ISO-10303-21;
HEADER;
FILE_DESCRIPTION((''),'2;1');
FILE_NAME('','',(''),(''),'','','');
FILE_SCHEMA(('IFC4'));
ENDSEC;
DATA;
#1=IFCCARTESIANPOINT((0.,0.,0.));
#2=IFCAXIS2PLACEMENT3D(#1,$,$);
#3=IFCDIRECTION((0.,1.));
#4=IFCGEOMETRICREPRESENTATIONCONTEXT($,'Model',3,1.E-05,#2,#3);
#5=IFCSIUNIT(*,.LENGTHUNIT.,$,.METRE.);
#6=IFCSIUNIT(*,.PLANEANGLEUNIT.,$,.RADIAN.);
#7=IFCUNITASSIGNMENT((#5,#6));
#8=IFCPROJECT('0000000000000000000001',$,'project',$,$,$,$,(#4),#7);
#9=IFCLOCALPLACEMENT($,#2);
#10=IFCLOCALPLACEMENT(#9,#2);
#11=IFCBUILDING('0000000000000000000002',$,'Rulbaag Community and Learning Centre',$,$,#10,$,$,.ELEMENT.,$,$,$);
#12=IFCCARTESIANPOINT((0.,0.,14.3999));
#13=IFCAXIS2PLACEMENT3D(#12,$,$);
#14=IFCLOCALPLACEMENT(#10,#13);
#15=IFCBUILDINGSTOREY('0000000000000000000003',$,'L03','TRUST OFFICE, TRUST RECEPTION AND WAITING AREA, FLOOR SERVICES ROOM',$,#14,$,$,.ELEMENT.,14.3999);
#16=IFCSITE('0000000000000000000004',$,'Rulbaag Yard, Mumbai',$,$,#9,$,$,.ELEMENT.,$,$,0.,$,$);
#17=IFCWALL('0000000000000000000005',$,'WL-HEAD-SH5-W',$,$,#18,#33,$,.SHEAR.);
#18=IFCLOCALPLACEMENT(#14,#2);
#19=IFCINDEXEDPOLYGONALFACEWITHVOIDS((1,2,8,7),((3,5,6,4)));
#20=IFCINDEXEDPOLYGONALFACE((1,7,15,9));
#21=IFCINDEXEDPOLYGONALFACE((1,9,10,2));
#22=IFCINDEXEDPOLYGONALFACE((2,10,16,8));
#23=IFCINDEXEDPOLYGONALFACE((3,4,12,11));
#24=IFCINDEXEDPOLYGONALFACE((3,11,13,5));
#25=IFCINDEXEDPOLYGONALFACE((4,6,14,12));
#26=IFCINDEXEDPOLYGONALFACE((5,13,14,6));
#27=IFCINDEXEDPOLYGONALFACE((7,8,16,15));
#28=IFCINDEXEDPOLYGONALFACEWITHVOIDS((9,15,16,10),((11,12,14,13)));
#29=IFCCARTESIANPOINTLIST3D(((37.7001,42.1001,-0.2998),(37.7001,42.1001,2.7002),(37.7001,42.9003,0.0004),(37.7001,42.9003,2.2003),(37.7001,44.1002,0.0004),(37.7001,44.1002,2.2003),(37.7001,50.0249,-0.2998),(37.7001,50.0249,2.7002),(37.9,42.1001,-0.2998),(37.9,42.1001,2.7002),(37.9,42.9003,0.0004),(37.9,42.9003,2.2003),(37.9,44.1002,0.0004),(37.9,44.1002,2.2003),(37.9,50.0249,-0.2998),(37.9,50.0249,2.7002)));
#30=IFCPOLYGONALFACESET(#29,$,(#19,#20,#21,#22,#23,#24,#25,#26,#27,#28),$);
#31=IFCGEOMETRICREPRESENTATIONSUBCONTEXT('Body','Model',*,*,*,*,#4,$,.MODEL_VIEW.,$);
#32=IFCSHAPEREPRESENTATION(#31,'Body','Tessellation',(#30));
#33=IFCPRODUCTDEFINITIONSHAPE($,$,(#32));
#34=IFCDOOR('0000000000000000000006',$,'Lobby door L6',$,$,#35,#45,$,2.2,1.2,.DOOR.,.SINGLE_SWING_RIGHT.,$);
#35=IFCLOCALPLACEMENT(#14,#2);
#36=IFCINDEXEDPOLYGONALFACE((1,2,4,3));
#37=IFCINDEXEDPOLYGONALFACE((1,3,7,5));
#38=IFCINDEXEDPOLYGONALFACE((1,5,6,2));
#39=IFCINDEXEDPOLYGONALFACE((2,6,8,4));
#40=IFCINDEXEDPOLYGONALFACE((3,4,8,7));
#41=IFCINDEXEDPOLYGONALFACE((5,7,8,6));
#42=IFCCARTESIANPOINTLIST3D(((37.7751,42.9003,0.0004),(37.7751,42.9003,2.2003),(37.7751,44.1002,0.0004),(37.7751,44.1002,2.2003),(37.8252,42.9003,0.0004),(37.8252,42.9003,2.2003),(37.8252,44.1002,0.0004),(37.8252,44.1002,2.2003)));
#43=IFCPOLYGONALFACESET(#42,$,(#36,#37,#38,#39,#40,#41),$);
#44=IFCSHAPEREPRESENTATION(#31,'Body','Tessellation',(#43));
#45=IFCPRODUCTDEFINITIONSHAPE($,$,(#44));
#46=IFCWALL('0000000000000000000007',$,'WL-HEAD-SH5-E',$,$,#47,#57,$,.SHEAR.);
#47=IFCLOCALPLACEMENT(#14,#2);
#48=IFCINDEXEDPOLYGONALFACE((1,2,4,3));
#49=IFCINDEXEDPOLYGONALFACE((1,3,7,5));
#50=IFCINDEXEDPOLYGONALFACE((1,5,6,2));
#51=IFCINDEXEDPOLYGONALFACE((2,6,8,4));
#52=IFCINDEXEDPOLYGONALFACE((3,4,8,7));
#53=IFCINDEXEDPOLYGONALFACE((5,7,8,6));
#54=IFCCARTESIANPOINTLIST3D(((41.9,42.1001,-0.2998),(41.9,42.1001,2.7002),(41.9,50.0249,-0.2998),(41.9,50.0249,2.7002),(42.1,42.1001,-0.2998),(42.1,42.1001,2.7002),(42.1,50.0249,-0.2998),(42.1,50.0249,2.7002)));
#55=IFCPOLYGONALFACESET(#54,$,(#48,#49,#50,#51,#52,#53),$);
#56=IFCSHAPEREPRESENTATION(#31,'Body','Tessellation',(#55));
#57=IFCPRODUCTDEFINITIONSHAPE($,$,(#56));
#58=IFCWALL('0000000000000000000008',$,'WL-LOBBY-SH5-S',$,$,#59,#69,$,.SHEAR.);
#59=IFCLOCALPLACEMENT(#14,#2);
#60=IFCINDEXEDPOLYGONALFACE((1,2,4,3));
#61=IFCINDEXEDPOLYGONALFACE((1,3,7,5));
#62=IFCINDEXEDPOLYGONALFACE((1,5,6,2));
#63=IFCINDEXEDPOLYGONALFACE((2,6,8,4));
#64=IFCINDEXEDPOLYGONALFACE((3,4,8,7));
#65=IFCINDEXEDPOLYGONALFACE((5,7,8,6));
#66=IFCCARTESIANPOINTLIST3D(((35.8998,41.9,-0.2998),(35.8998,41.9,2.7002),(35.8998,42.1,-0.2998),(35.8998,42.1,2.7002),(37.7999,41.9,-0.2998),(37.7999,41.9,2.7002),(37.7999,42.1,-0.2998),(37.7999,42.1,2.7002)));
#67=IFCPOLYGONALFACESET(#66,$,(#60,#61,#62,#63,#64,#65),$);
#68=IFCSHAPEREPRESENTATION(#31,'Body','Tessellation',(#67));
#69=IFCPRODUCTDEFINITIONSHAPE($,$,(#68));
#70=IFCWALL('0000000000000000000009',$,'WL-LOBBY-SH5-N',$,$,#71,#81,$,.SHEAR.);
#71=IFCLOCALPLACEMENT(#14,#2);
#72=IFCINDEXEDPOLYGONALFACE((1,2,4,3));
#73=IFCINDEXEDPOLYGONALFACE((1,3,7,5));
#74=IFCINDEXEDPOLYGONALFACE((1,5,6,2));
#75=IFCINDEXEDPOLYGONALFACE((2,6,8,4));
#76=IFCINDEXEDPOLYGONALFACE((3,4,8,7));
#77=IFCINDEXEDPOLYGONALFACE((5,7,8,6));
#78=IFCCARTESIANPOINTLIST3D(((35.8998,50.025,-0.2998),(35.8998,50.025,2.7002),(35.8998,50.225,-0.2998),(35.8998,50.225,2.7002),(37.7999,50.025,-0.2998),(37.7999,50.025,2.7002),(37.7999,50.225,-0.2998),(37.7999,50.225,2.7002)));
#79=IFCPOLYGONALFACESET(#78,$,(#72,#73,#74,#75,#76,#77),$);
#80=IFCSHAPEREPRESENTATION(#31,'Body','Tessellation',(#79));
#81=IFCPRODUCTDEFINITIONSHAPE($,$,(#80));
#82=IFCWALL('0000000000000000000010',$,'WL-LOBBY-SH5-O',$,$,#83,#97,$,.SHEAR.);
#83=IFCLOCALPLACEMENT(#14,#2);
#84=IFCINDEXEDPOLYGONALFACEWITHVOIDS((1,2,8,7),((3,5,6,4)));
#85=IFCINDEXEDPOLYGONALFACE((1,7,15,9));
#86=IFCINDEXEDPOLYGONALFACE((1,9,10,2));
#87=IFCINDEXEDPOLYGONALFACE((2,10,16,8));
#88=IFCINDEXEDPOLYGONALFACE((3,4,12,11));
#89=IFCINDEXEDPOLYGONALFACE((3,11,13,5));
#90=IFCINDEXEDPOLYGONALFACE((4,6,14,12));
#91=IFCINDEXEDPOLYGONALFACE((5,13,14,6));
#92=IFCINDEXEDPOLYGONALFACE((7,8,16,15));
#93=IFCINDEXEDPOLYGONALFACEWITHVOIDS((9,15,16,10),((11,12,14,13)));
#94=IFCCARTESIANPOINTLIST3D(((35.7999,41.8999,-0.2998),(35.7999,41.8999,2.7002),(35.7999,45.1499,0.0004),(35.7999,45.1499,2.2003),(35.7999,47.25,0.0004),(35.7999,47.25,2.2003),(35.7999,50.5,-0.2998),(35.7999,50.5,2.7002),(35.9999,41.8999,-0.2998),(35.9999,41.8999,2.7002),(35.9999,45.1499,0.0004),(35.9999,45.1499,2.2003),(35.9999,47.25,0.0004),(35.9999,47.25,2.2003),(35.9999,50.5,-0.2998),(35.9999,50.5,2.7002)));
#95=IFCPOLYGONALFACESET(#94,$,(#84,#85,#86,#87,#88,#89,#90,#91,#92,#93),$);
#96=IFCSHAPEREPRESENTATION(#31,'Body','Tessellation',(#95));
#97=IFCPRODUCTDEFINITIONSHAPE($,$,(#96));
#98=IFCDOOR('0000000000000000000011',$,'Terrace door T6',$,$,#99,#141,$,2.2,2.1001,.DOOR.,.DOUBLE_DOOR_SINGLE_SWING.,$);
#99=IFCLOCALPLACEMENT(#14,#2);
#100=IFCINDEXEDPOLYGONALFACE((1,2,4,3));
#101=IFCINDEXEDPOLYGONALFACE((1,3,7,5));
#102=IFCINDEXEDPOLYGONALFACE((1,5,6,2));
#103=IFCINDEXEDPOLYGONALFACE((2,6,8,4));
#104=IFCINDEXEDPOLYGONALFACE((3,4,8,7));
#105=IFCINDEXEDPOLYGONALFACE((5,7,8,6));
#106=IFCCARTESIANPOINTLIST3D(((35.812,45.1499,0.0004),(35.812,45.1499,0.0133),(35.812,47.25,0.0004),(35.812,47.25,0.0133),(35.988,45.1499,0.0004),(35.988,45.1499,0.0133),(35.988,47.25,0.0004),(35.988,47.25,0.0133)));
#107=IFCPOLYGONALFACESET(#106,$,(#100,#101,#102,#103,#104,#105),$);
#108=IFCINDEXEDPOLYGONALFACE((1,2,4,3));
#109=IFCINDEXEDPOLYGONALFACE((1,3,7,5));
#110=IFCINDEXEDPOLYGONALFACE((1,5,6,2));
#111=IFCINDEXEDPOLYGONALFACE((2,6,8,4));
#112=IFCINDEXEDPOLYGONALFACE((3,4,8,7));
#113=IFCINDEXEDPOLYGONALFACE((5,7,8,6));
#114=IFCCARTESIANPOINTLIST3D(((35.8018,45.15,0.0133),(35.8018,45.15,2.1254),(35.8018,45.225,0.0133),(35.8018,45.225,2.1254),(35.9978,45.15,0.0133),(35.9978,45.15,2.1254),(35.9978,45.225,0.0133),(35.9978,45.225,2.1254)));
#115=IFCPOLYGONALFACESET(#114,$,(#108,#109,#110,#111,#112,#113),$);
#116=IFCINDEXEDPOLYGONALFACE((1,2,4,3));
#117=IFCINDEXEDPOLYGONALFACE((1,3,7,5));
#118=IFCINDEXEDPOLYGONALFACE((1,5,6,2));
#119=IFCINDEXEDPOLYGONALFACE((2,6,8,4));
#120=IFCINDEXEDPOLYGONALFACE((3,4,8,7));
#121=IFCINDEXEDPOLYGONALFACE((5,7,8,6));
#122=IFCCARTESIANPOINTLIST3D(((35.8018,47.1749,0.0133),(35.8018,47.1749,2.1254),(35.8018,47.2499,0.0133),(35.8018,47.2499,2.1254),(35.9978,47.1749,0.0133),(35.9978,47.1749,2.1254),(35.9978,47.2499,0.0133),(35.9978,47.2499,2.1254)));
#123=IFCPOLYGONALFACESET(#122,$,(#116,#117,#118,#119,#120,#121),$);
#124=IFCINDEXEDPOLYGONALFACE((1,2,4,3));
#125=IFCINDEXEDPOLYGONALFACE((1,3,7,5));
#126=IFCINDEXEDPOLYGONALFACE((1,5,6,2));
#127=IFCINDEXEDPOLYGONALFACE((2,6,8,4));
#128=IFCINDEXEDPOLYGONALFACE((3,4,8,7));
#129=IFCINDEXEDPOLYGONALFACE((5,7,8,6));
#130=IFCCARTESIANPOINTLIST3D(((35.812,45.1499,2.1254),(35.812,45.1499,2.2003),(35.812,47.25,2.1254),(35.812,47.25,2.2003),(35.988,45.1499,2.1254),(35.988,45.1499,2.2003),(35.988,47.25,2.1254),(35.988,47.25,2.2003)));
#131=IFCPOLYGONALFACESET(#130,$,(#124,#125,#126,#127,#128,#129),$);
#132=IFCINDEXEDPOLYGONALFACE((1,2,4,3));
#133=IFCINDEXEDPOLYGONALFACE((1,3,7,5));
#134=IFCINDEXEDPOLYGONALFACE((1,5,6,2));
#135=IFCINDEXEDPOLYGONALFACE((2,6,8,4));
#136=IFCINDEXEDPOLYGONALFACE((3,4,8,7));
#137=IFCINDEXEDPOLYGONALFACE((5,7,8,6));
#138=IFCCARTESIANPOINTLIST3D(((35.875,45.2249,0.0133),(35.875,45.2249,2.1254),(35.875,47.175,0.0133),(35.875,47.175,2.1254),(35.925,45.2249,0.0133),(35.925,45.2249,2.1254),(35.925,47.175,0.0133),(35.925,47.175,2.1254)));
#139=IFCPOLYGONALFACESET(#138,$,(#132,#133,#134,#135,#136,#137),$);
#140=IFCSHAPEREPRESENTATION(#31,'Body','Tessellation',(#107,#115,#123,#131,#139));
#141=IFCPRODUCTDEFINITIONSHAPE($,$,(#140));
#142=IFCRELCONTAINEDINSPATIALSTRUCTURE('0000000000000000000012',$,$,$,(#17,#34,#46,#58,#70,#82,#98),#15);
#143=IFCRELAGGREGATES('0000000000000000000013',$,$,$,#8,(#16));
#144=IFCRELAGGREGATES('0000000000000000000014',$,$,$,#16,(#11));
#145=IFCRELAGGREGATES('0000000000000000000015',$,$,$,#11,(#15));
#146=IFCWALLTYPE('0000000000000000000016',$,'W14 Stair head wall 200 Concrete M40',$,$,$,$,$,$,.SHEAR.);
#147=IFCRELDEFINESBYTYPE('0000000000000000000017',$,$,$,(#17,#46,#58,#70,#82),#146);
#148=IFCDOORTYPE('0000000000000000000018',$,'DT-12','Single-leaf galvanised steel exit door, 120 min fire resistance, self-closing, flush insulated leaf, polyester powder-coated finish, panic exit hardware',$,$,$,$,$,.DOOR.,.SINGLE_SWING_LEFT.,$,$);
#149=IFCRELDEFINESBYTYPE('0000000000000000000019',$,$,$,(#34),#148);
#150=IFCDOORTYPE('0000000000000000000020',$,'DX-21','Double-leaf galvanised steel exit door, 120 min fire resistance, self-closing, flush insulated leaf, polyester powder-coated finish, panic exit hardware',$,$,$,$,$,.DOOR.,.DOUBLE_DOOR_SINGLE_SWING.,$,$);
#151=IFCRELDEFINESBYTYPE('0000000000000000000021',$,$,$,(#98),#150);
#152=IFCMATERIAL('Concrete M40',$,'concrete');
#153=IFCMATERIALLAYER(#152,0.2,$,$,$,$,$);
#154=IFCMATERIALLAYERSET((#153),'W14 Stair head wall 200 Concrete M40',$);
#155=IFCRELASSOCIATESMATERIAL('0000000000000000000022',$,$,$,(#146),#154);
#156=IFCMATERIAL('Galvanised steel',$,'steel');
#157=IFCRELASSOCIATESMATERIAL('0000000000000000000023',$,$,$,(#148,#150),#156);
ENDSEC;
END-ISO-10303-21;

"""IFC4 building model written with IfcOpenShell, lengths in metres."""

from ifc_helpers import new_model, si_unit, direction, frame, frame_2d, origin, place, context, subcontext, project, spatial, rectangle, extrude, material, layer, layer_set, type_object, element, fill, save


model = new_model("IFC4")

# Units and contexts
model_context = context("Model", 3, precision=1e-05, world=origin(), true_north=direction((0.0, 1.0)))
body_context = subcontext(model_context, "Body", "Model", "MODEL_VIEW")
ifc_project = project(units=[si_unit("LENGTHUNIT", "METRE"), si_unit("PLANEANGLEUNIT", "RADIAN")], contexts=[model_context])

# Site, building, storey
site_placement = place(None, origin())
site = spatial("IfcSite", under=ifc_project, at=site_placement, Name="Rulbaag Yard, Mumbai", CompositionType="ELEMENT", RefElevation=0.0)
building_placement = place(site_placement, origin())
building = spatial("IfcBuilding", under=site, at=building_placement, Name="Rulbaag Community and Learning Centre", CompositionType="ELEMENT")
storey_placement = place(building_placement, frame((0.0, 0.0, 14.3999)))
storey = spatial("IfcBuildingStorey", under=building, at=storey_placement, Name="L03", Description="TRUST OFFICE, TRUST RECEPTION AND WAITING AREA, FLOOR SERVICES ROOM", CompositionType="ELEMENT", Elevation=14.3999)

# Shared definitions
ifc_material_1 = material(Name="Concrete M40", Category="concrete")

# Shared definitions
ifc_layer_1 = layer(ifc_material_1, 0.2)
ifc_layer_set_1 = layer_set([ifc_layer_1], Name="W14 Stair head wall 200 Concrete M40")
wall_type_1 = type_object("IfcWallType", Name="W14 Stair head wall 200 Concrete M40", PredefinedType="SHEAR", material=ifc_layer_set_1)

# Wall, opening, door
wall_1_placement = place(storey_placement, frame((37.8, 42.1001, -0.2998), z_axis=(0.0, 0.0, 1.0), x_axis=(0.0, 1.0, 0.0)))
wall_1 = element("IfcWall", 1, at=wall_1_placement, inside=storey, type_object=wall_type_1, Name="WL-HEAD-SH5-W", PredefinedType="SHEAR", context=body_context, shape_type="SweptSolid", body=[
    extrude(rectangle(XDim=7.9248, YDim=0.2, at=frame_2d((3.9624, 0.0))), origin(), (0.0, 0.0, 1.0), 3.0),
])
opening_1_placement = place(wall_1_placement, frame((0.8, 0.0, 0.3)))
opening_1 = element("IfcOpeningElement", 2, at=opening_1_placement, cuts=wall_1, PredefinedType="OPENING", context=body_context, shape_type="SweptSolid", body=[
    extrude(rectangle(XDim=1.2, YDim=2.2, at=frame_2d((0.6001, 1.1001))), frame((0.0, 0.1099, 0.0), z_axis=(0.0, -1.0, 0.0), x_axis=(1.0, 0.0, 0.0)), (0.0, 0.0, 1.0), 0.22),
])
ifc_material_2 = material(Name="Galvanised steel", Category="steel")
door_type_1 = type_object("IfcDoorType", Name="DT-12", Description="Single-leaf galvanised steel exit door, 120 min fire resistance, self-closing, flush insulated leaf, polyester powder-coated finish, panic exit hardware", OperationType="SINGLE_SWING_LEFT", PredefinedType="DOOR", material=ifc_material_2)
door_1_placement = place(opening_1_placement, origin())
door_1 = element("IfcDoor", 3, at=door_1_placement, inside=storey, type_object=door_type_1, Name="Lobby door L6", OperationType="SINGLE_SWING_RIGHT", OverallHeight=2.2, OverallWidth=1.2, PredefinedType="DOOR", context=body_context, shape_type="SweptSolid", body=[
    extrude(rectangle(XDim=1.2, YDim=2.2, at=frame_2d((0.6001, 1.1001))), frame((0.0, 0.0249, 0.0), z_axis=(0.0, -1.0, 0.0), x_axis=(1.0, 0.0, 0.0)), (0.0, 0.0, 1.0), 0.05),
])
fill(opening_1, door_1)

# Walls
wall_2_placement = place(storey_placement, frame((42.0, 42.1001, -0.2998), z_axis=(0.0, 0.0, 1.0), x_axis=(0.0, 1.0, 0.0)))
element("IfcWall", 4, at=wall_2_placement, inside=storey, type_object=wall_type_1, Name="WL-HEAD-SH5-E", PredefinedType="SHEAR", context=body_context, shape_type="SweptSolid", body=[
    extrude(rectangle(XDim=7.9248, YDim=0.2, at=frame_2d((3.9624, 0.0))), origin(), (0.0, 0.0, 1.0), 3.0),
])
for number, where, z_axis, x_axis, name in (
    (5, (37.8, 42.0, -0.2998), (0.0, 0.0, 1.0), (-1.0, 0.0, 0.0), "WL-LOBBY-SH5-S"),
    (6, (37.8, 50.125, -0.2998), (0.0, 0.0, 1.0), (-1.0, 0.0, 0.0), "WL-LOBBY-SH5-N"),
):
    element("IfcWall", number, at=place(storey_placement, frame(where, z_axis=z_axis, x_axis=x_axis)), inside=storey, type_object=wall_type_1, Name=name, PredefinedType="SHEAR", context=body_context, shape_type="SweptSolid", body=[
        extrude(rectangle(XDim=1.9001, YDim=0.2, at=frame_2d((0.9502, 0.0))), origin(), (0.0, 0.0, 1.0), 3.0),
    ])

# Wall, opening, door
wall_3_placement = place(storey_placement, frame((35.8999, 41.8999, -0.2998), z_axis=(0.0, 0.0, 1.0), x_axis=(0.0, 1.0, 0.0)))
wall_3 = element("IfcWall", 7, at=wall_3_placement, inside=storey, type_object=wall_type_1, Name="WL-LOBBY-SH5-O", PredefinedType="SHEAR", context=body_context, shape_type="SweptSolid", body=[
    extrude(rectangle(XDim=8.6001, YDim=0.2, at=frame_2d((4.3, 0.0))), origin(), (0.0, 0.0, 1.0), 3.0),
])
opening_2_placement = place(wall_3_placement, frame((3.25, 0.0, 0.3)))
opening_2 = element("IfcOpeningElement", 8, at=opening_2_placement, cuts=wall_3, PredefinedType="OPENING", context=body_context, shape_type="SweptSolid", body=[
    extrude(rectangle(XDim=2.1001, YDim=2.2, at=frame_2d((1.05, 1.1001))), frame((0.0, 0.1099, 0.0), z_axis=(0.0, -1.0, 0.0), x_axis=(1.0, 0.0, 0.0)), (0.0, 0.0, 1.0), 0.22),
])
door_type_2 = type_object("IfcDoorType", Name="DX-21", Description="Double-leaf galvanised steel exit door, 120 min fire resistance, self-closing, flush insulated leaf, polyester powder-coated finish, panic exit hardware", OperationType="DOUBLE_DOOR_SINGLE_SWING", PredefinedType="DOOR", material=ifc_material_2)
door_2_placement = place(opening_2_placement, origin())
door_2 = element("IfcDoor", 9, at=door_2_placement, inside=storey, type_object=door_type_2, Name="Terrace door T6", OperationType="DOUBLE_DOOR_SINGLE_SWING", OverallHeight=2.2, OverallWidth=2.1001, PredefinedType="DOOR", context=body_context, shape_type="SweptSolid", body=[
    extrude(rectangle(XDim=2.1001, YDim=0.0129, at=frame_2d((1.05, 0.0066))), frame((0.0, 0.0879, 0.0), z_axis=(0.0, -1.0, 0.0), x_axis=(1.0, 0.0, 0.0)), (0.0, 0.0, 1.0), 0.176),
    extrude(rectangle(XDim=0.075, YDim=2.1121, at=frame_2d((0.0376, 1.0691))), frame((0.0, 0.0981, 0.0), z_axis=(0.0, -1.0, 0.0), x_axis=(1.0, 0.0, 0.0)), (0.0, 0.0, 1.0), 0.196),
    extrude(rectangle(XDim=0.075, YDim=2.1121, at=frame_2d((2.0625, 1.0691))), frame((0.0, 0.0981, 0.0), z_axis=(0.0, -1.0, 0.0), x_axis=(1.0, 0.0, 0.0)), (0.0, 0.0, 1.0), 0.196),
    extrude(rectangle(XDim=2.1001, YDim=0.075, at=frame_2d((1.05, 2.1626))), frame((0.0, 0.0879, 0.0), z_axis=(0.0, -1.0, 0.0), x_axis=(1.0, 0.0, 0.0)), (0.0, 0.0, 1.0), 0.176),
    extrude(rectangle(XDim=1.9502, YDim=2.1121, at=frame_2d((1.05, 1.0691))), frame((0.0, 0.0249, 0.0), z_axis=(0.0, -1.0, 0.0), x_axis=(1.0, 0.0, 0.0)), (0.0, 0.0, 1.0), 0.05),
])
fill(opening_2, door_2)

save(model, "model.ifc")
